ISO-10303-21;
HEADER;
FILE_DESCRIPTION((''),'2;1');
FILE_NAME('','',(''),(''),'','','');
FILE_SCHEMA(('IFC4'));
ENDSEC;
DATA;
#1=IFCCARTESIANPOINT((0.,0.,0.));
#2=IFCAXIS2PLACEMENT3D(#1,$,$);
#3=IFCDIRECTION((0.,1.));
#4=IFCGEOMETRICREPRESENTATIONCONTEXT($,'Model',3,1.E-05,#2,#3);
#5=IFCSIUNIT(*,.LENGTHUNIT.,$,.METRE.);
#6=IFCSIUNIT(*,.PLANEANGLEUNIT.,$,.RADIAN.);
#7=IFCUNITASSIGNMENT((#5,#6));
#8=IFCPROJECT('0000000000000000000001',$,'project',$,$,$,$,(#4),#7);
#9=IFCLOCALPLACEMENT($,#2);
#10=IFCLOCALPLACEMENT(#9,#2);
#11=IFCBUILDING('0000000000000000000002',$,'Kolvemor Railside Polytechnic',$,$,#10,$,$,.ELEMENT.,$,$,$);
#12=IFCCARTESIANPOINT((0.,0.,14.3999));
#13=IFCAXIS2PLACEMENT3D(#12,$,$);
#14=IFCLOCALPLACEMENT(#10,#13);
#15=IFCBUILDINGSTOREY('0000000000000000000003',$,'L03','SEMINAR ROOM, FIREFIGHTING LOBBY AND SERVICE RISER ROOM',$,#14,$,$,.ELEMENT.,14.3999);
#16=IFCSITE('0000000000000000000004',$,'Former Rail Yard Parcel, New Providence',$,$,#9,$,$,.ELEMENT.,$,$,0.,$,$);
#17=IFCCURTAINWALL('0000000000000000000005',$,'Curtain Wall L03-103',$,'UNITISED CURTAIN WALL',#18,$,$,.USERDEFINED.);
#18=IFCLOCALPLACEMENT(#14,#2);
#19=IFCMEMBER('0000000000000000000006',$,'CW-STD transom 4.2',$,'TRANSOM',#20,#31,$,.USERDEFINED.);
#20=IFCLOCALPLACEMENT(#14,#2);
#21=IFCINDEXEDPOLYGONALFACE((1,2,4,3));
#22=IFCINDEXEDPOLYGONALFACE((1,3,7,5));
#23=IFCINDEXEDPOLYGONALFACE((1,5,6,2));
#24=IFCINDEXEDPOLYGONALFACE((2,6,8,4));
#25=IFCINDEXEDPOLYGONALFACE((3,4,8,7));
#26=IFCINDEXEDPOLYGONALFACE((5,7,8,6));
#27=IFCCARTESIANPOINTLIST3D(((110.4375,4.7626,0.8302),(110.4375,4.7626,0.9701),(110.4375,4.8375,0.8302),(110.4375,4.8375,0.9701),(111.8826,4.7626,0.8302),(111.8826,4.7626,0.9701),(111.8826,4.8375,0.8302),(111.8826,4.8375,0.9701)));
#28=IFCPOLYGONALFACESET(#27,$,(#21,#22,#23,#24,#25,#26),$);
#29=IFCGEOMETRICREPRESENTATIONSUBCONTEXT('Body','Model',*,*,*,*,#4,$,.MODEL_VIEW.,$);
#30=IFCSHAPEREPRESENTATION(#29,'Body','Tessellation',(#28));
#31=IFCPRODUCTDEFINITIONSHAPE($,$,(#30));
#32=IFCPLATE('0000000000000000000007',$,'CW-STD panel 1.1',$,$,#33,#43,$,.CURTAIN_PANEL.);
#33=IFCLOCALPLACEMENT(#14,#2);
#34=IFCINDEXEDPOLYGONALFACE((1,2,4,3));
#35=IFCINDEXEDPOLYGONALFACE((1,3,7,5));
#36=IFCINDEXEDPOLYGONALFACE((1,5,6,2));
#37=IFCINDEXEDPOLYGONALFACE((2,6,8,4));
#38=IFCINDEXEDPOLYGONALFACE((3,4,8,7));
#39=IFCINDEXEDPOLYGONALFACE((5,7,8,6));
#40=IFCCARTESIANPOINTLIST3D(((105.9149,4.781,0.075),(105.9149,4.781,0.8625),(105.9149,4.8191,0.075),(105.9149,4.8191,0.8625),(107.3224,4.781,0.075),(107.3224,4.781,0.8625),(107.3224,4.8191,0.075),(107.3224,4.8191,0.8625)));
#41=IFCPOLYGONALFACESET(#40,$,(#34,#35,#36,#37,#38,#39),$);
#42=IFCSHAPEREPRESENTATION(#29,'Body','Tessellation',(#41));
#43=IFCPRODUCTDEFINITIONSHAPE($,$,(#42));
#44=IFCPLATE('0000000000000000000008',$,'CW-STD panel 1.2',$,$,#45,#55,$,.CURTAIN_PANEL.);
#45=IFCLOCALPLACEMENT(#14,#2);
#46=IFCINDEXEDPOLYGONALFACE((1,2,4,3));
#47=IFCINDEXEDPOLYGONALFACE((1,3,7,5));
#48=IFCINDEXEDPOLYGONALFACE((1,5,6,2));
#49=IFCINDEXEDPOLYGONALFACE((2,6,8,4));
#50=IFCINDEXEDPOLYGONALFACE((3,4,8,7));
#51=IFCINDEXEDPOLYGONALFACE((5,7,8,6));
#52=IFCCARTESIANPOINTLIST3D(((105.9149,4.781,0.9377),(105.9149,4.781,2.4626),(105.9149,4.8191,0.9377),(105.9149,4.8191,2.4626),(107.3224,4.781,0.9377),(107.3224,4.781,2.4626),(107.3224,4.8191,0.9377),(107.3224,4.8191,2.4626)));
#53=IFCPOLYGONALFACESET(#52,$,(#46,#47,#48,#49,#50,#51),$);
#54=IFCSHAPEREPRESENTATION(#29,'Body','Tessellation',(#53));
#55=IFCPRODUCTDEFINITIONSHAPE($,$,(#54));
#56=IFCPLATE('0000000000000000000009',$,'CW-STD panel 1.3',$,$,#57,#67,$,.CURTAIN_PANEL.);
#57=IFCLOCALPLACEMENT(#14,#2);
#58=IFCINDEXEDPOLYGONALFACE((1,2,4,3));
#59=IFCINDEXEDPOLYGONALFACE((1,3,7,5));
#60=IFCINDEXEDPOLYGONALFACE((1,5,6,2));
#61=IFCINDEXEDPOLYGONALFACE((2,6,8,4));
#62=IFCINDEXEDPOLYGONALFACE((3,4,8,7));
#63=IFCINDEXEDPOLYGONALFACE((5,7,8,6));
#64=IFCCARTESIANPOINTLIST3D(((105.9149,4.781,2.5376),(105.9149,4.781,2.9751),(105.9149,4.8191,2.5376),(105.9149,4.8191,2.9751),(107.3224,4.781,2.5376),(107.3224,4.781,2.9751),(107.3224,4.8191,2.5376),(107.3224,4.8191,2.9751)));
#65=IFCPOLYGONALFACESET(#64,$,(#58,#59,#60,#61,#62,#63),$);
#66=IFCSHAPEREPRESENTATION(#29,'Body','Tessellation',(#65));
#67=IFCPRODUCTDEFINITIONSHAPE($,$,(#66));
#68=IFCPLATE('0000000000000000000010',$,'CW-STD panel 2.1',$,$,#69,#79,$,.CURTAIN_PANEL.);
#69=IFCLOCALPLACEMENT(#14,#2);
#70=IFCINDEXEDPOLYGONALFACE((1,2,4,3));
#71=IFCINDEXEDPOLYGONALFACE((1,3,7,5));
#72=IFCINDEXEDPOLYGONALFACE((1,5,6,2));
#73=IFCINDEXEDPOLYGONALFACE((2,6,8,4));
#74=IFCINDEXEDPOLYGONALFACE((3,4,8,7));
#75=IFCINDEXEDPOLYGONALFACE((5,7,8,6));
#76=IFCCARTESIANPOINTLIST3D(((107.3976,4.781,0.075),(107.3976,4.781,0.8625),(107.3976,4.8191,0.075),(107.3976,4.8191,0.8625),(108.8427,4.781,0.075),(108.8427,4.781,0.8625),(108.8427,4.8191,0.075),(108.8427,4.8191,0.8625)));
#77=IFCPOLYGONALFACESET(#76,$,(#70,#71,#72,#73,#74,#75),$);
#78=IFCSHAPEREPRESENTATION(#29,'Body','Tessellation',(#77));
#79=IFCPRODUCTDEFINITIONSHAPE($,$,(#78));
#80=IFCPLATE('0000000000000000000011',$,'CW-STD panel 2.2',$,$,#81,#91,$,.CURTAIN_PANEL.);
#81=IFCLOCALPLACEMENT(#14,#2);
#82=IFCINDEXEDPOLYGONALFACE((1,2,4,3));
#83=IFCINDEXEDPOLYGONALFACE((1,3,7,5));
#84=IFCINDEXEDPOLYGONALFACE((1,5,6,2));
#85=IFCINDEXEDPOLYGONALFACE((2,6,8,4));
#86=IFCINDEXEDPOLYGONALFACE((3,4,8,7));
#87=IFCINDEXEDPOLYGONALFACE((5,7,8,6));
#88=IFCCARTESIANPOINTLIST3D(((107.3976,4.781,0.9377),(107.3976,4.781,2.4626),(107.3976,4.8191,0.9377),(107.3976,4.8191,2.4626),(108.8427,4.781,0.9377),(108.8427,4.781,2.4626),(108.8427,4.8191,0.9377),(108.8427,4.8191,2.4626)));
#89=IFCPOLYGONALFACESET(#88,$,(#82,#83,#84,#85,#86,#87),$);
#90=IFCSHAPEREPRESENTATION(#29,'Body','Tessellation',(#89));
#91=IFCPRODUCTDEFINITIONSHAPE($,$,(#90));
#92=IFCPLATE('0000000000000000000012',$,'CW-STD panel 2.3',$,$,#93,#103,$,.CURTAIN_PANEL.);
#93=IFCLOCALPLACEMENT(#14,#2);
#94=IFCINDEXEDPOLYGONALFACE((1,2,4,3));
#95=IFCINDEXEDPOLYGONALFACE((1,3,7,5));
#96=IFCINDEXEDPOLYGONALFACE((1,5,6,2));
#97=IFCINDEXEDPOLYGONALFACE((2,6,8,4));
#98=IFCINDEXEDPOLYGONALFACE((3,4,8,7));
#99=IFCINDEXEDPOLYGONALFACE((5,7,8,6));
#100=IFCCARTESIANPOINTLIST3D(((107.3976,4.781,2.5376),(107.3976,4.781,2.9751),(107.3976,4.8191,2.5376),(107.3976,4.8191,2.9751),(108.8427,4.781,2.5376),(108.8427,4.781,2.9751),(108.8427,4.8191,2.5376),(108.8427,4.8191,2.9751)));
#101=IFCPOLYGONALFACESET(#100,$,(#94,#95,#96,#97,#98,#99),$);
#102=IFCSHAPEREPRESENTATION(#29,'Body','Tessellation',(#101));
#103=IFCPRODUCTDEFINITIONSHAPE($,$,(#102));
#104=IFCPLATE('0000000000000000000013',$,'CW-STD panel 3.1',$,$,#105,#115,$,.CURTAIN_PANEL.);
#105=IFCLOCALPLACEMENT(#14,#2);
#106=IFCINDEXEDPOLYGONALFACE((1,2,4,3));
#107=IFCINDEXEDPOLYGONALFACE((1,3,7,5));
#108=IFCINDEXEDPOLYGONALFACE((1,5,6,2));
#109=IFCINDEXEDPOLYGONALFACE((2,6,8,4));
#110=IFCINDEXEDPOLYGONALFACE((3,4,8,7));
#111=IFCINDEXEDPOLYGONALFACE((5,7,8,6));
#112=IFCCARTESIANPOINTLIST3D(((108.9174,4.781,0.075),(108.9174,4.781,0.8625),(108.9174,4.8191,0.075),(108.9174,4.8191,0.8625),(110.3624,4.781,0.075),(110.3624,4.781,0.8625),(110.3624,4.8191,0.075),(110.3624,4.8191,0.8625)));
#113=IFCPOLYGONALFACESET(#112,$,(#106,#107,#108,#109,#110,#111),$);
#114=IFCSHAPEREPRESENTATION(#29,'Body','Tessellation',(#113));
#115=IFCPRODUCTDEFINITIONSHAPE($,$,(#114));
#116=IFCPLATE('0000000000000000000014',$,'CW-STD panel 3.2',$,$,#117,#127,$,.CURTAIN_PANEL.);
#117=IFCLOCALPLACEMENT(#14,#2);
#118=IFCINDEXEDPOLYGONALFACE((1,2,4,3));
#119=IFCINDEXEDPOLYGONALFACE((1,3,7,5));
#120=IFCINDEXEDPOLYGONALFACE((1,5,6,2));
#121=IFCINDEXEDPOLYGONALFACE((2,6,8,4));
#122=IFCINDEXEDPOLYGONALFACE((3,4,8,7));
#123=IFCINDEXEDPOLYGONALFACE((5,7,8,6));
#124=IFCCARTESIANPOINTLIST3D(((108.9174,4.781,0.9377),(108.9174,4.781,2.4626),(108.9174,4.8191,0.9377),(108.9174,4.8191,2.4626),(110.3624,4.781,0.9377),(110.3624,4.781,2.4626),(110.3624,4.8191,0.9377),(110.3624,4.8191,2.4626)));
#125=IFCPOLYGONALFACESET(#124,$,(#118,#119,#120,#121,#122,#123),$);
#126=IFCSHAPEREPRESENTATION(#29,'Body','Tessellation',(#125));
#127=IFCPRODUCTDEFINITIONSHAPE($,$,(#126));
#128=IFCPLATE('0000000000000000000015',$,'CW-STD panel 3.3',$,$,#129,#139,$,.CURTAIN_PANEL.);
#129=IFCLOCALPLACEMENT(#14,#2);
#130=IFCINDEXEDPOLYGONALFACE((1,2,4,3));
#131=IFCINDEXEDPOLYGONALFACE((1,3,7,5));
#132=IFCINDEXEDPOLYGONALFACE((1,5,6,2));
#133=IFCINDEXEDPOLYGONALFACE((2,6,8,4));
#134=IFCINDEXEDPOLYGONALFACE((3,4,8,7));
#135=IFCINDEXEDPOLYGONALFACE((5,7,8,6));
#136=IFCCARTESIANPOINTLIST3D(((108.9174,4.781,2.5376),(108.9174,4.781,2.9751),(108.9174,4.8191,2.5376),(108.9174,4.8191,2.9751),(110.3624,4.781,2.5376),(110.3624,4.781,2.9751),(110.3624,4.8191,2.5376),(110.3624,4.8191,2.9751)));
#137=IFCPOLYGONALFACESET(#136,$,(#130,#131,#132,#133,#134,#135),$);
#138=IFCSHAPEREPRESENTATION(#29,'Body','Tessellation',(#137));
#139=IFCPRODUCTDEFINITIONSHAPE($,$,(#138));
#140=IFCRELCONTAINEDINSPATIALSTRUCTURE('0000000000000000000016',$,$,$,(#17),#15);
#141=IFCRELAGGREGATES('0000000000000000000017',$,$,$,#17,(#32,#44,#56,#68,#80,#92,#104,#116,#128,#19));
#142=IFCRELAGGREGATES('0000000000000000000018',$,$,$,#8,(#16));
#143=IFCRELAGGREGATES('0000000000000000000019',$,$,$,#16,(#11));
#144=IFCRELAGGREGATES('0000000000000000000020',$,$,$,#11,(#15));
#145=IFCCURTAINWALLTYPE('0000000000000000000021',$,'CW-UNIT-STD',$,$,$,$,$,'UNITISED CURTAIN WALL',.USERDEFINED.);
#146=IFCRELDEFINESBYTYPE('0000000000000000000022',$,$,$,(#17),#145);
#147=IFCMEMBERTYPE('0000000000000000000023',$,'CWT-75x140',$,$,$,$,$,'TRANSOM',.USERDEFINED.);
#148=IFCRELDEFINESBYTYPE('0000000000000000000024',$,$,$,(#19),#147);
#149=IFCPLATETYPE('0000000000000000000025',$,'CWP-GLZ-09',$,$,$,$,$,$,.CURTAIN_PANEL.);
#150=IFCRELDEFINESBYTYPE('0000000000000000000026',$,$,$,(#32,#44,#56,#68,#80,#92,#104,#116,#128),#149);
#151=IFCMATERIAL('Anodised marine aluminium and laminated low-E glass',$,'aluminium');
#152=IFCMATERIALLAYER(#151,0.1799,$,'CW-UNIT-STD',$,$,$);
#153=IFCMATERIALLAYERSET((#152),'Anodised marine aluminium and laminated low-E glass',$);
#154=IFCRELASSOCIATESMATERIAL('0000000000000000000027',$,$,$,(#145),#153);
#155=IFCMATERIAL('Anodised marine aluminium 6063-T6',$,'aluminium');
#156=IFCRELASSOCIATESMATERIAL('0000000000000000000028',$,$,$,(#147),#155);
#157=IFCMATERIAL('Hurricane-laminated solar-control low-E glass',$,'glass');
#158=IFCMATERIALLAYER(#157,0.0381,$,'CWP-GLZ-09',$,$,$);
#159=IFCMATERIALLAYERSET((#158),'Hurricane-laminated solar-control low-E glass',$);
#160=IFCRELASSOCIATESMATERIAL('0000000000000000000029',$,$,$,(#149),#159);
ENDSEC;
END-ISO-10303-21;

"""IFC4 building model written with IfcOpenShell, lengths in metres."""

from ifc_helpers import new_model, si_unit, direction, frame, origin, origin_2d, place, context, subcontext, project, spatial, rectangle, extrude, material, layer, layer_set, material_profile, profile_set, type_object, element, aggregate, save


model = new_model("IFC4")

# Units and contexts
model_context = context("Model", 3, precision=1e-05, world=origin(), true_north=direction((0.0, 1.0)))
body_context = subcontext(model_context, "Body", "Model", "MODEL_VIEW")
ifc_project = project(units=[si_unit("LENGTHUNIT", "METRE"), si_unit("PLANEANGLEUNIT", "RADIAN")], contexts=[model_context])

# Site, building, storey
site_placement = place(None, origin())
site = spatial("IfcSite", under=ifc_project, at=site_placement, Name="Former Rail Yard Parcel, New Providence", CompositionType="ELEMENT", RefElevation=0.0)
building_placement = place(site_placement, origin())
building = spatial("IfcBuilding", under=site, at=building_placement, Name="Kolvemor Railside Polytechnic", CompositionType="ELEMENT")
storey_placement = place(building_placement, frame((0.0, 0.0, 14.3999)))
storey = spatial("IfcBuildingStorey", under=building, at=storey_placement, Name="L03", Description="SEMINAR ROOM, FIREFIGHTING LOBBY AND SERVICE RISER ROOM", CompositionType="ELEMENT", Elevation=14.3999)

# Curtain wall, member, plates
ifc_material_1 = material(Name="Anodised marine aluminium and laminated low-E glass", Category="aluminium")
ifc_layer_1 = layer(ifc_material_1, 0.1799, Name="CW-UNIT-STD")
ifc_layer_set_1 = layer_set([ifc_layer_1], Name="Anodised marine aluminium and laminated low-E glass")
curtain_wall_type = type_object("IfcCurtainWallType", Name="CW-UNIT-STD", ElementType="UNITISED CURTAIN WALL", PredefinedType="USERDEFINED", material=ifc_layer_set_1)
curtain_wall_placement = place(storey_placement, origin())
curtain_wall = element("IfcCurtainWall", 1, at=curtain_wall_placement, inside=storey, type_object=curtain_wall_type, Name="Curtain Wall L03-103", ObjectType="UNITISED CURTAIN WALL", PredefinedType="USERDEFINED")
ifc_material_2 = material(Name="Anodised marine aluminium 6063-T6", Category="aluminium")
ifc_material_profile_1 = material_profile(ifc_material_2, rectangle(XDim=0.075, YDim=0.1399, at=origin_2d()), Name="CW-TRN-75x140")
ifc_profile_set_1 = profile_set([ifc_material_profile_1], Name="Anodised marine aluminium 6063-T6")
member_type_1 = type_object("IfcMemberType", Name="CWT-75x140", ElementType="TRANSOM", PredefinedType="USERDEFINED", material=ifc_profile_set_1)
member_1_placement = place(storey_placement, frame((110.4375, 4.8, 0.9001), z_axis=(1.0, 0.0, 0.0), x_axis=(0.0, 1.0, 0.0)))
member_1 = element("IfcMember", 2, at=member_1_placement, type_object=member_type_1, Name="CW-STD transom 4.2", ObjectType="TRANSOM", PredefinedType="USERDEFINED", context=body_context, shape_type="SweptSolid", body=[
    extrude(rectangle(XDim=0.075, YDim=0.1399, at=origin_2d()), origin(), (0.0, 0.0, 1.0), 1.4451),
])
ifc_material_3 = material(Name="Hurricane-laminated solar-control low-E glass", Category="glass")
ifc_layer_2 = layer(ifc_material_3, 0.0381, Name="CWP-GLZ-09")
ifc_layer_set_2 = layer_set([ifc_layer_2], Name="Hurricane-laminated solar-control low-E glass")
plate_type = type_object("IfcPlateType", Name="CWP-GLZ-09", PredefinedType="CURTAIN_PANEL", material=ifc_layer_set_2)
plate_1_placement = place(storey_placement, frame((106.6187, 4.8, 0.075), z_axis=(0.0, 0.0, 1.0), x_axis=(1.0, 0.0, 0.0)))
plate_1 = element("IfcPlate", 3, at=plate_1_placement, type_object=plate_type, Name="CW-STD panel 1.1", PredefinedType="CURTAIN_PANEL", context=body_context, shape_type="SweptSolid", body=[
    extrude(rectangle(XDim=1.4075, YDim=0.0381, at=origin_2d()), origin(), (0.0, 0.0, 1.0), 0.7876),
])
plate_2_placement = place(storey_placement, frame((106.6187, 4.8, 0.9377), z_axis=(0.0, 0.0, 1.0), x_axis=(1.0, 0.0, 0.0)))
plate_2 = element("IfcPlate", 4, at=plate_2_placement, type_object=plate_type, Name="CW-STD panel 1.2", PredefinedType="CURTAIN_PANEL", context=body_context, shape_type="SweptSolid", body=[
    extrude(rectangle(XDim=1.4075, YDim=0.0381, at=origin_2d()), origin(), (0.0, 0.0, 1.0), 1.5249),
])
plate_3_placement = place(storey_placement, frame((106.6187, 4.8, 2.5376), z_axis=(0.0, 0.0, 1.0), x_axis=(1.0, 0.0, 0.0)))
plate_3 = element("IfcPlate", 5, at=plate_3_placement, type_object=plate_type, Name="CW-STD panel 1.3", PredefinedType="CURTAIN_PANEL", context=body_context, shape_type="SweptSolid", body=[
    extrude(rectangle(XDim=1.4075, YDim=0.0381, at=origin_2d()), origin(), (0.0, 0.0, 1.0), 0.4375),
])
plate_4_placement = place(storey_placement, frame((108.1201, 4.8, 0.075), z_axis=(0.0, 0.0, 1.0), x_axis=(1.0, 0.0, 0.0)))
plate_4 = element("IfcPlate", 6, at=plate_4_placement, type_object=plate_type, Name="CW-STD panel 2.1", PredefinedType="CURTAIN_PANEL", context=body_context, shape_type="SweptSolid", body=[
    extrude(rectangle(XDim=1.4451, YDim=0.0381, at=origin_2d()), origin(), (0.0, 0.0, 1.0), 0.7876),
])
plate_5_placement = place(storey_placement, frame((108.1201, 4.8, 0.9377), z_axis=(0.0, 0.0, 1.0), x_axis=(1.0, 0.0, 0.0)))
plate_5 = element("IfcPlate", 7, at=plate_5_placement, type_object=plate_type, Name="CW-STD panel 2.2", PredefinedType="CURTAIN_PANEL", context=body_context, shape_type="SweptSolid", body=[
    extrude(rectangle(XDim=1.4451, YDim=0.0381, at=origin_2d()), origin(), (0.0, 0.0, 1.0), 1.5249),
])
plate_6_placement = place(storey_placement, frame((108.1201, 4.8, 2.5376), z_axis=(0.0, 0.0, 1.0), x_axis=(1.0, 0.0, 0.0)))
plate_6 = element("IfcPlate", 8, at=plate_6_placement, type_object=plate_type, Name="CW-STD panel 2.3", PredefinedType="CURTAIN_PANEL", context=body_context, shape_type="SweptSolid", body=[
    extrude(rectangle(XDim=1.4451, YDim=0.0381, at=origin_2d()), origin(), (0.0, 0.0, 1.0), 0.4375),
])
plate_7_placement = place(storey_placement, frame((109.6399, 4.8, 0.075), z_axis=(0.0, 0.0, 1.0), x_axis=(1.0, 0.0, 0.0)))
plate_7 = element("IfcPlate", 9, at=plate_7_placement, type_object=plate_type, Name="CW-STD panel 3.1", PredefinedType="CURTAIN_PANEL", context=body_context, shape_type="SweptSolid", body=[
    extrude(rectangle(XDim=1.4451, YDim=0.0381, at=origin_2d()), origin(), (0.0, 0.0, 1.0), 0.7876),
])
plate_8_placement = place(storey_placement, frame((109.6399, 4.8, 0.9377), z_axis=(0.0, 0.0, 1.0), x_axis=(1.0, 0.0, 0.0)))
plate_8 = element("IfcPlate", 10, at=plate_8_placement, type_object=plate_type, Name="CW-STD panel 3.2", PredefinedType="CURTAIN_PANEL", context=body_context, shape_type="SweptSolid", body=[
    extrude(rectangle(XDim=1.4451, YDim=0.0381, at=origin_2d()), origin(), (0.0, 0.0, 1.0), 1.5249),
])
plate_9_placement = place(storey_placement, frame((109.6399, 4.8, 2.5376), z_axis=(0.0, 0.0, 1.0), x_axis=(1.0, 0.0, 0.0)))
plate_9 = element("IfcPlate", 11, at=plate_9_placement, type_object=plate_type, Name="CW-STD panel 3.3", PredefinedType="CURTAIN_PANEL", context=body_context, shape_type="SweptSolid", body=[
    extrude(rectangle(XDim=1.4451, YDim=0.0381, at=origin_2d()), origin(), (0.0, 0.0, 1.0), 0.4375),
])
aggregate(curtain_wall, [plate_1, plate_2, plate_3, plate_4, plate_5, plate_6, plate_7, plate_8, plate_9, member_1])

save(model, "model.ifc")
